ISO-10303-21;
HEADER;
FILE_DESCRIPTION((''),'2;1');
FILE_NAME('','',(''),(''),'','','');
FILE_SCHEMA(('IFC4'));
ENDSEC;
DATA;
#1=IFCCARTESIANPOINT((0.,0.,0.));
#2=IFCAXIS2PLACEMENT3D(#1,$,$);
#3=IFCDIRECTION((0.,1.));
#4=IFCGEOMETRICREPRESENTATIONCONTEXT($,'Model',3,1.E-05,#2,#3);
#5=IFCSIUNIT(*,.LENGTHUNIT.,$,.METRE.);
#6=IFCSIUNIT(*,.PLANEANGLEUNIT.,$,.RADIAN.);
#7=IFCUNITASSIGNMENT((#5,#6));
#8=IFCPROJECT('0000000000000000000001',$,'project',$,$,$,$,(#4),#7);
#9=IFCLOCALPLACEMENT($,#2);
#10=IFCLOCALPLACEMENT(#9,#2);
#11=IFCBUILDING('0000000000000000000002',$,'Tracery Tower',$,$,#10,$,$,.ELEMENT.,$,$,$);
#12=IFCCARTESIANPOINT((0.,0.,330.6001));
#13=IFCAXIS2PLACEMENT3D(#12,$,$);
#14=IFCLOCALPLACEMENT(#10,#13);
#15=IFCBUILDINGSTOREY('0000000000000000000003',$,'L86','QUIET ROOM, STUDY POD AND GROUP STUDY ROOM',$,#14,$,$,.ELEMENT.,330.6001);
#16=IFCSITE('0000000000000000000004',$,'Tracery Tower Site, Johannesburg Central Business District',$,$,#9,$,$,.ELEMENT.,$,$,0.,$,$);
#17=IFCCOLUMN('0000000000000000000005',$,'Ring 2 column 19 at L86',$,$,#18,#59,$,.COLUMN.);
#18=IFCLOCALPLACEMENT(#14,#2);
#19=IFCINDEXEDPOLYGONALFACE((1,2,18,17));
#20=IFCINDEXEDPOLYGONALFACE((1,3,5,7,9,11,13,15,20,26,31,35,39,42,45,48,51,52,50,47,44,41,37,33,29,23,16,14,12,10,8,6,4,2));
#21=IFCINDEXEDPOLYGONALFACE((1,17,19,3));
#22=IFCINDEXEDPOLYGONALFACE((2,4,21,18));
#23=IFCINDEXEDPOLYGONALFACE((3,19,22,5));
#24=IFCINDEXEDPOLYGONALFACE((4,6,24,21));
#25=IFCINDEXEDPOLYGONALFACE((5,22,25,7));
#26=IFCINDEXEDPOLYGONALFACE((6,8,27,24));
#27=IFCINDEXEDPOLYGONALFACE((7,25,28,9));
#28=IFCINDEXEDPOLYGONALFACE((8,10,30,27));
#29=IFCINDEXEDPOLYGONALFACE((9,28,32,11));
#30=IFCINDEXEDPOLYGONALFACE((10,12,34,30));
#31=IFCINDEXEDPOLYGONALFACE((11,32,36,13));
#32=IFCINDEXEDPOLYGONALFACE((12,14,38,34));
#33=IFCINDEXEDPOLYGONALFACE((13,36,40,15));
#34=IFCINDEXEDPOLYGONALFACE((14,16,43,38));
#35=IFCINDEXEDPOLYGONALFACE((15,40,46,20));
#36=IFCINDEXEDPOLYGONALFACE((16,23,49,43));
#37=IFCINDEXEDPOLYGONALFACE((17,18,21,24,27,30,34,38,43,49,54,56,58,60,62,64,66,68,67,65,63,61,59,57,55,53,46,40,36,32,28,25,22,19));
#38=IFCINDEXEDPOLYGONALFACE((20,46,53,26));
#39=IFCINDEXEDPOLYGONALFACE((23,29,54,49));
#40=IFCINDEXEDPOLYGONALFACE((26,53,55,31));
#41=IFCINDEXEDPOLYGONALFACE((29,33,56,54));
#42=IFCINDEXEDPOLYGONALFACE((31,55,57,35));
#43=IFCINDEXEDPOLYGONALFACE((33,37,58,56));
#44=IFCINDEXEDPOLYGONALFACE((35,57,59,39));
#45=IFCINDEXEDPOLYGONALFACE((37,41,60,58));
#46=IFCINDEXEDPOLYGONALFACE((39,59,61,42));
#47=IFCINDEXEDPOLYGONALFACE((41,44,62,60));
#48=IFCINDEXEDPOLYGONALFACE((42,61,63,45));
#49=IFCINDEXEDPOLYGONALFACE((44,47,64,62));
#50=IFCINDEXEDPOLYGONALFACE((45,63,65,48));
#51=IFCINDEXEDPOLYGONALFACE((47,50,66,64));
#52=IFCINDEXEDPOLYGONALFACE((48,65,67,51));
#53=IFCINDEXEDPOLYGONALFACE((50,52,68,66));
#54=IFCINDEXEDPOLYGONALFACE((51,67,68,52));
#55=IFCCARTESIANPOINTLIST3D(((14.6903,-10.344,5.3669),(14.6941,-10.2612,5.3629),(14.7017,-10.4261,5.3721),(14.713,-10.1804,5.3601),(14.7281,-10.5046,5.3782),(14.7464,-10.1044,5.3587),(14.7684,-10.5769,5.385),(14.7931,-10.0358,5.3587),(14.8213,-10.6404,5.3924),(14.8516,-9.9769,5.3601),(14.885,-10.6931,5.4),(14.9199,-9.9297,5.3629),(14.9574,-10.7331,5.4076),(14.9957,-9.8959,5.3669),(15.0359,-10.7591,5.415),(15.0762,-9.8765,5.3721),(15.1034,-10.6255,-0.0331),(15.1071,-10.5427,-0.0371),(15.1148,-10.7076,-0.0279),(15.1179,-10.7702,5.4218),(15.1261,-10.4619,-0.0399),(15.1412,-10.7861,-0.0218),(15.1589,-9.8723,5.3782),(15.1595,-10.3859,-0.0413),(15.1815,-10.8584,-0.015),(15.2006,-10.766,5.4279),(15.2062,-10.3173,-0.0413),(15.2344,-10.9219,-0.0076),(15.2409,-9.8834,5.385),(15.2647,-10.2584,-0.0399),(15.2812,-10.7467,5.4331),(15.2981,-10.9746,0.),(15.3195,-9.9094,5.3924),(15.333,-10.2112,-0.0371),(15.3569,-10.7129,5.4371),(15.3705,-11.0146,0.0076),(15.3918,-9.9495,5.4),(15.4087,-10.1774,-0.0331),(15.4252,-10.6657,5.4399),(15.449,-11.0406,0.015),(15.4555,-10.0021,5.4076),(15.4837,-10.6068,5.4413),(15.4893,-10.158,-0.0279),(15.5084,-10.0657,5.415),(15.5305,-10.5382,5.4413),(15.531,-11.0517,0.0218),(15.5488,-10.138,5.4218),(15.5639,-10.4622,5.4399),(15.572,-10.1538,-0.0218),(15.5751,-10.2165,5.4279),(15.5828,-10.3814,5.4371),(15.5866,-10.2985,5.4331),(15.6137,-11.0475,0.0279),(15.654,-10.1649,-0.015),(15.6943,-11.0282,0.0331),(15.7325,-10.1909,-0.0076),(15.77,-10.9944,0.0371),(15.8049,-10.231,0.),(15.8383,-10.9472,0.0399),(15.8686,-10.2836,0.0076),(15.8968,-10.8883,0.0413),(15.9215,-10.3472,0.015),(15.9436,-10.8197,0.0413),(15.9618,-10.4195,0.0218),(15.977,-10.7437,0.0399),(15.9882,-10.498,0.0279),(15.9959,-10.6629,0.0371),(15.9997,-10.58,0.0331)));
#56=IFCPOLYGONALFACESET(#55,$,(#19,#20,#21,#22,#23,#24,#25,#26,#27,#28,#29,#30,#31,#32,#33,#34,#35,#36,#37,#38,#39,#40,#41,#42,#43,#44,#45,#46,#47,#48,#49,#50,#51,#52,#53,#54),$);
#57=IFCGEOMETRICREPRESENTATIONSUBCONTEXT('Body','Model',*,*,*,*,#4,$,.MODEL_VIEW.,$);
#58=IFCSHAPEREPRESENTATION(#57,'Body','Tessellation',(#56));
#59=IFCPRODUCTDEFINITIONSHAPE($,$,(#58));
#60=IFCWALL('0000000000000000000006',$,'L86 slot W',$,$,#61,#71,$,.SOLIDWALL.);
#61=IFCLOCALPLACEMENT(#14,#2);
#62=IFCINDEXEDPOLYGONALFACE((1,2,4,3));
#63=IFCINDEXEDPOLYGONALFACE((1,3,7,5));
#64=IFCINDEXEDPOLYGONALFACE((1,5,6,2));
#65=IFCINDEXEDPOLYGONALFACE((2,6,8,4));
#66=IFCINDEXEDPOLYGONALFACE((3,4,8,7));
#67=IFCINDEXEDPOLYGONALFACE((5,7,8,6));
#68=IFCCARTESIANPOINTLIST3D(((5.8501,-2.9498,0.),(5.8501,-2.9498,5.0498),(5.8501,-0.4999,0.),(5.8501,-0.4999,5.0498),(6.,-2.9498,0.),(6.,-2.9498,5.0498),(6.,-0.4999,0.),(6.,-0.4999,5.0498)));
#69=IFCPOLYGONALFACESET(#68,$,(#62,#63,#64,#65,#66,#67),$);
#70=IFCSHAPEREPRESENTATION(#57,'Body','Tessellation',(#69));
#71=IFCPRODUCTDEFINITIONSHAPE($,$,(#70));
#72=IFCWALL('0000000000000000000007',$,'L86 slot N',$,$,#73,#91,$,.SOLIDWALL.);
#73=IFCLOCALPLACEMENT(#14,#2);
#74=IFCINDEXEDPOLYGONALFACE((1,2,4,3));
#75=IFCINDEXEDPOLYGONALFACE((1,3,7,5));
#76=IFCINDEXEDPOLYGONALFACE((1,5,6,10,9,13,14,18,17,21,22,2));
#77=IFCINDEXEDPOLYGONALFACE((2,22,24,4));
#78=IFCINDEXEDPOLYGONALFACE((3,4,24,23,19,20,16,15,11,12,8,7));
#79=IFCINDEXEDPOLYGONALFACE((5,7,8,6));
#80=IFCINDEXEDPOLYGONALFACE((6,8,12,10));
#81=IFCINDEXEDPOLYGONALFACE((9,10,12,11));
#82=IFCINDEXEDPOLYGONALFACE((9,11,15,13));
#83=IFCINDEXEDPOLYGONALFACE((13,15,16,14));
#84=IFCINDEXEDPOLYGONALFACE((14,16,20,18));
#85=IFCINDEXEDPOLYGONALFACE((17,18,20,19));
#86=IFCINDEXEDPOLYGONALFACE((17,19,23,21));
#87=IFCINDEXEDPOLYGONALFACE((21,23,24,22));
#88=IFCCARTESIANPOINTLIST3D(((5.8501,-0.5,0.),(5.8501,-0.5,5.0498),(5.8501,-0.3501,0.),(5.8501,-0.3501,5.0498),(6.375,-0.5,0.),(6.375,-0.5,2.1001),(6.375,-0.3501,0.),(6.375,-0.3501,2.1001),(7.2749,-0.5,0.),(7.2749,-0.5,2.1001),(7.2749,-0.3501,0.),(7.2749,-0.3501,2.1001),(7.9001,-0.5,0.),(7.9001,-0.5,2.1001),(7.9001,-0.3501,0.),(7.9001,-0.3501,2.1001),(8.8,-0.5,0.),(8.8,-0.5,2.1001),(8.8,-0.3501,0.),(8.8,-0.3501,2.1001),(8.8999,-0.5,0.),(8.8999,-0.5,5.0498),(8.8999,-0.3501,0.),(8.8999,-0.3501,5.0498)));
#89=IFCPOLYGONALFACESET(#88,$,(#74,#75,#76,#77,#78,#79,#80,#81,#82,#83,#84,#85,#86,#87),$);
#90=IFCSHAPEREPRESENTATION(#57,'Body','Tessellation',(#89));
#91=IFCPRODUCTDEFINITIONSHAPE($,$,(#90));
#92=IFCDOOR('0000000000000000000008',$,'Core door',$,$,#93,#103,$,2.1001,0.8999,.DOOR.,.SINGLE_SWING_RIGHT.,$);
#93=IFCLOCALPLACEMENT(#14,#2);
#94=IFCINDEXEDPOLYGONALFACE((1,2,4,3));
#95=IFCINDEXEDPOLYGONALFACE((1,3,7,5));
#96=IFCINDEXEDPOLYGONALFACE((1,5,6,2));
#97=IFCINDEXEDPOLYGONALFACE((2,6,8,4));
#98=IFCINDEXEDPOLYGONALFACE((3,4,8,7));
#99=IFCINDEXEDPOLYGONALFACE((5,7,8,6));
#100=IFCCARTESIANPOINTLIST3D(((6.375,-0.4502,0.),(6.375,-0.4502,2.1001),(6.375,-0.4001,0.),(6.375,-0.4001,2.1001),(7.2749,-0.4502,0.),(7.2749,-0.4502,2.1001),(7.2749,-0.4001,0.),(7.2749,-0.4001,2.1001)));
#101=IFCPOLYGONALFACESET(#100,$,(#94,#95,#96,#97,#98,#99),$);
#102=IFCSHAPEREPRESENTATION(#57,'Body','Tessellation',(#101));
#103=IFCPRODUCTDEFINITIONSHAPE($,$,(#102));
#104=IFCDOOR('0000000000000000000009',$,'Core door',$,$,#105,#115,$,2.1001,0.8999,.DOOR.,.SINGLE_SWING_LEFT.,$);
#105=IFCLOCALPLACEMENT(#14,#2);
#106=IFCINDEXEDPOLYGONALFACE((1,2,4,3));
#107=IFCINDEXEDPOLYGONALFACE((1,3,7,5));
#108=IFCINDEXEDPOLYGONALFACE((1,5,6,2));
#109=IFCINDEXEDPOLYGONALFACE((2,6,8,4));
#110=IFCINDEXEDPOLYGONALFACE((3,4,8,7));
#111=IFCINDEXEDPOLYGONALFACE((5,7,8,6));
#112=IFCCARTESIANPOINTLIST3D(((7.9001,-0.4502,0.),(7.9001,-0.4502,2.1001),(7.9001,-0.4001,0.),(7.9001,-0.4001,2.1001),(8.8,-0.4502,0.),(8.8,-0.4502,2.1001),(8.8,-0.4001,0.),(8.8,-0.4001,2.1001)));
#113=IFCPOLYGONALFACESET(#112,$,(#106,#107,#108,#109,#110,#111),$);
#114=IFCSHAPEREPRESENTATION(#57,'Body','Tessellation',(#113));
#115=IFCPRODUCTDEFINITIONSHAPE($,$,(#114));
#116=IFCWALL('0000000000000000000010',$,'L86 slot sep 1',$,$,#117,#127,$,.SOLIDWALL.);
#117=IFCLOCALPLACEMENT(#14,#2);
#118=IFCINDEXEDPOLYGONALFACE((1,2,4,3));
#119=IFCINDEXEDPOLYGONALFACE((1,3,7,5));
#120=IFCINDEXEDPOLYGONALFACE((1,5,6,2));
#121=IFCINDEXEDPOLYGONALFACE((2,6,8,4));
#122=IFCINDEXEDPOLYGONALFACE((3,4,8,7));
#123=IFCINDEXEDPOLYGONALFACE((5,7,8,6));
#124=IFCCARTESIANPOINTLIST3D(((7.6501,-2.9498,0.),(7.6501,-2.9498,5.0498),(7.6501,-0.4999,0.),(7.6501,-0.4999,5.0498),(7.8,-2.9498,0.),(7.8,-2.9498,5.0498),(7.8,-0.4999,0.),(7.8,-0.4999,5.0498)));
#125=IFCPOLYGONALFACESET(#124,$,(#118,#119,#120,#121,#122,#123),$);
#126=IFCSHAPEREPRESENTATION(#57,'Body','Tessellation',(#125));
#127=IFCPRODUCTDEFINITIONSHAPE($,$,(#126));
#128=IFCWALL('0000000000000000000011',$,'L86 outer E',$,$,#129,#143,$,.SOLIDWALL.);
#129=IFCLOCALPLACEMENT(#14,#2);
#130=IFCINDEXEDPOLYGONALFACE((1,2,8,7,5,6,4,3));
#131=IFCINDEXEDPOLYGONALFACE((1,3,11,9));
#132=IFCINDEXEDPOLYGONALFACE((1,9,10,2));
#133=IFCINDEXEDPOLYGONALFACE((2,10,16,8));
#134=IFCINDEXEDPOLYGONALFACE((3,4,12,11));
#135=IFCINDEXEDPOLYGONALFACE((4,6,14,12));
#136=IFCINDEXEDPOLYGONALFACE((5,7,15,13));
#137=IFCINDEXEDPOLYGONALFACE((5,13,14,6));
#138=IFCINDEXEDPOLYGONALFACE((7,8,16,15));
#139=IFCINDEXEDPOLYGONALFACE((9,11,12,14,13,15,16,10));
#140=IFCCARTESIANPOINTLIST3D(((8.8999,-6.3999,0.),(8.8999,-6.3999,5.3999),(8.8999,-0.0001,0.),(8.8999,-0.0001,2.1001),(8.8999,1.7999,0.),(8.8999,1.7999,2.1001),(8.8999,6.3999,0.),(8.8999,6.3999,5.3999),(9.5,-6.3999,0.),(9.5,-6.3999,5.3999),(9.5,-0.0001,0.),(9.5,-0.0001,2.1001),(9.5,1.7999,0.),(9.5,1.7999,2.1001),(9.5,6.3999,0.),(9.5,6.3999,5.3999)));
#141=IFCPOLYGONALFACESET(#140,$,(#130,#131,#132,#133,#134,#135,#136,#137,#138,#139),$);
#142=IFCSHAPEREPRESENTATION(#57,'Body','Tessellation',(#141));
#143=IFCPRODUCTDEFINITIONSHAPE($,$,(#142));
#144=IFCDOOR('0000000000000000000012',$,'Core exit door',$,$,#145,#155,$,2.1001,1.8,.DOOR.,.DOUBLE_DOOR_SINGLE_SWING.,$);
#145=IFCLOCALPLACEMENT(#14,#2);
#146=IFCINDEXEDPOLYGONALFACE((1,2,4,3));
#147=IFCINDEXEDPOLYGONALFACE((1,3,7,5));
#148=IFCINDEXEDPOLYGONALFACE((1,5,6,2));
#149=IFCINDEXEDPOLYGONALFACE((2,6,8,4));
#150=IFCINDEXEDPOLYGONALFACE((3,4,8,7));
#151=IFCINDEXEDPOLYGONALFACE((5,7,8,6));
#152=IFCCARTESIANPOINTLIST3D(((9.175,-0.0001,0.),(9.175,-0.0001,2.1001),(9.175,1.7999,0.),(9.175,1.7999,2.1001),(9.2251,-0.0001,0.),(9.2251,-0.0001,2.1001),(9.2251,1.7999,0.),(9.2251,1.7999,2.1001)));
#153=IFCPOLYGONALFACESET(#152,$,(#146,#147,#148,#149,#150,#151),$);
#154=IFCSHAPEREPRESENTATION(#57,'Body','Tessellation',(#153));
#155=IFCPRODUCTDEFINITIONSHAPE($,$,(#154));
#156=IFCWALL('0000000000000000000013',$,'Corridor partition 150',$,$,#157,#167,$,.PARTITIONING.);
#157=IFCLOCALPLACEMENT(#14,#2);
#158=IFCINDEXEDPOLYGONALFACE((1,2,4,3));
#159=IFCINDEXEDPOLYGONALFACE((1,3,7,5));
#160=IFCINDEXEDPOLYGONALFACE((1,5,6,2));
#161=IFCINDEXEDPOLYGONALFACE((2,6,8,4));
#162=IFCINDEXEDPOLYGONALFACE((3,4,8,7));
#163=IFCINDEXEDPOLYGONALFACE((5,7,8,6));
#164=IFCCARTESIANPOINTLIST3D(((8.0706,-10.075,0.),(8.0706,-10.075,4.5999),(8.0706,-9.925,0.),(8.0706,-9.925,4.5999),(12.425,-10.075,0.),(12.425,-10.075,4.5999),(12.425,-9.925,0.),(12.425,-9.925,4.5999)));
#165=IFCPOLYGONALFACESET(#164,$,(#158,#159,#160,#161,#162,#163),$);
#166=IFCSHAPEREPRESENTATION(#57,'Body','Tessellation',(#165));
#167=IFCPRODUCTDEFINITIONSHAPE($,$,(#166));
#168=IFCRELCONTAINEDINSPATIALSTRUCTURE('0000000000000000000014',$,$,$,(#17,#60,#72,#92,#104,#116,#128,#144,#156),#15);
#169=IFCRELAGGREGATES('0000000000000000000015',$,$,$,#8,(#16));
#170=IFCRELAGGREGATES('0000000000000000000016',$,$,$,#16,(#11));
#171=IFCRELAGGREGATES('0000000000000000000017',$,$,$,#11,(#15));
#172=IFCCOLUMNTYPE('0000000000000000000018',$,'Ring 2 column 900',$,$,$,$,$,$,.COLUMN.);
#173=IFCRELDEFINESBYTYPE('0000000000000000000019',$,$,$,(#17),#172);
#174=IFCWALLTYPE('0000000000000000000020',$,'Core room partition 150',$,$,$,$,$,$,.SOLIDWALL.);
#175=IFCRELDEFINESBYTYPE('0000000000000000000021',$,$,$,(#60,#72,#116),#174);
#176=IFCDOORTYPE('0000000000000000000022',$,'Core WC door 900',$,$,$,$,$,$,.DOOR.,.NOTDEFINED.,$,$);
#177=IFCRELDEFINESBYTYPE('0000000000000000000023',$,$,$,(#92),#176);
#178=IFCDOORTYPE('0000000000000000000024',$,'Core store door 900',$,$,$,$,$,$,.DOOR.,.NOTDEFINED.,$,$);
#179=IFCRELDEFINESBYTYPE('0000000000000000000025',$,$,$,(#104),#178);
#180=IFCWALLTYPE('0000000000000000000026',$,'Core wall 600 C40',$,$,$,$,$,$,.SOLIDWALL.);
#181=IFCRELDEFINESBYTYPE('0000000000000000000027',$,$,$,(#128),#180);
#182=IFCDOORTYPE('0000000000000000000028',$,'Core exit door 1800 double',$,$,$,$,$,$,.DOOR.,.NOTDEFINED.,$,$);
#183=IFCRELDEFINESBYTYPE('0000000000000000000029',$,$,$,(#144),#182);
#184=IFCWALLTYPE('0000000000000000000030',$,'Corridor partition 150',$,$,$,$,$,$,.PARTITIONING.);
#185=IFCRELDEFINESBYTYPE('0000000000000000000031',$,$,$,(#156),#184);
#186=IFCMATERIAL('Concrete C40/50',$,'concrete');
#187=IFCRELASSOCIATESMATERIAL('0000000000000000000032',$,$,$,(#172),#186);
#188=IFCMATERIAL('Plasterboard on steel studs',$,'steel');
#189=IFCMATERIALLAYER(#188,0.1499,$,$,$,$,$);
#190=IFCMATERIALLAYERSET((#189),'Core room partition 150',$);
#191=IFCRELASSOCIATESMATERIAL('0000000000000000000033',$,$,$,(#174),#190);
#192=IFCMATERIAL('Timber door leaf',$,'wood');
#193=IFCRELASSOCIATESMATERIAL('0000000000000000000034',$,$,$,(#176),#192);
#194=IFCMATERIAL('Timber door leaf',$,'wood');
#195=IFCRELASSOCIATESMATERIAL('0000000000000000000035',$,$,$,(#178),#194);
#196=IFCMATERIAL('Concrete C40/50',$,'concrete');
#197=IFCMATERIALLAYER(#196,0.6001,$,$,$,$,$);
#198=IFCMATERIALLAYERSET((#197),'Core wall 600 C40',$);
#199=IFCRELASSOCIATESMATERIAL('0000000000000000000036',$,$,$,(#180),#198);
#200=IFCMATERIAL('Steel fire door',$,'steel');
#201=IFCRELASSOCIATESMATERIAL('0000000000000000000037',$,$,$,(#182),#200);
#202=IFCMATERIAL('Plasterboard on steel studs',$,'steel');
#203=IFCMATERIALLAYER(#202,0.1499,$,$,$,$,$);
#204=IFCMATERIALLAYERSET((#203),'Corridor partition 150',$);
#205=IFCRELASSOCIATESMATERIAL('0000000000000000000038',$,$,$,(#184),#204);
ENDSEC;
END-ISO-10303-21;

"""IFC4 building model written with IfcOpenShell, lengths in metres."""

from ifc_helpers import new_model, si_unit, direction, frame, frame_2d, origin, origin_2d, place, context, subcontext, project, spatial, rectangle, circle, extrude, material, layer, layer_set, material_profile, profile_set, type_object, element, fill, save


model = new_model("IFC4")

# Units and contexts
model_context = context("Model", 3, precision=1e-05, world=origin(), true_north=direction((0.0, 1.0)))
body_context = subcontext(model_context, "Body", "Model", "MODEL_VIEW")
ifc_project = project(units=[si_unit("LENGTHUNIT", "METRE"), si_unit("PLANEANGLEUNIT", "RADIAN")], contexts=[model_context])

# Site, building, storey
site_placement = place(None, origin())
site = spatial("IfcSite", under=ifc_project, at=site_placement, Name="Tracery Tower Site, Johannesburg Central Business District", CompositionType="ELEMENT", RefElevation=0.0)
building_placement = place(site_placement, origin())
building = spatial("IfcBuilding", under=site, at=building_placement, Name="Tracery Tower", CompositionType="ELEMENT")
storey_placement = place(building_placement, frame((0.0, 0.0, 330.6001)))
storey = spatial("IfcBuildingStorey", under=building, at=storey_placement, Name="L86", Description="QUIET ROOM, STUDY POD AND GROUP STUDY ROOM", CompositionType="ELEMENT", Elevation=330.6001)

# Column
ifc_material_1 = material(Name="Concrete C40/50", Category="concrete")
ifc_material_profile = material_profile(ifc_material_1, circle(Radius=0.45, at=origin_2d()), Name="RC D900")
ifc_profile_set = profile_set([ifc_material_profile], Name="Concrete C40/50")
column_type = type_object("IfcColumnType", Name="Ring 2 column 900", PredefinedType="COLUMN", material=ifc_profile_set)
column_placement = place(storey_placement, frame((15.5515, -10.6028, 0.0), z_axis=(-0.076173, 0.051908, 0.995743), x_axis=(-0.563125, -0.826372, 0.0)))
element("IfcColumn", 1, at=column_placement, inside=storey, type_object=column_type, Name="Ring 2 column 19 at L86", PredefinedType="COLUMN", context=body_context, shape_type="SweptSolid", body=[
    extrude(circle(Radius=0.45, at=origin_2d()), origin(), (0.0, 0.0, 1.0), 5.4231),
])

# Wall
ifc_material_2 = material(Name="Plasterboard on steel studs", Category="steel")
ifc_layer_1 = layer(ifc_material_2, 0.1499)
ifc_layer_set_1 = layer_set([ifc_layer_1], Name="Core room partition 150")
wall_type_1 = type_object("IfcWallType", Name="Core room partition 150", PredefinedType="SOLIDWALL", material=ifc_layer_set_1)
wall_1_placement = place(storey_placement, frame((5.925, -2.95, 0.0), z_axis=(0.0, 0.0, 1.0), x_axis=(0.0, 1.0, 0.0)))
element("IfcWall", 2, at=wall_1_placement, inside=storey, type_object=wall_type_1, Name="L86 slot W", PredefinedType="SOLIDWALL", context=body_context, shape_type="SweptSolid", body=[
    extrude(rectangle(XDim=2.45, YDim=0.1499, at=frame_2d((1.2251, 0.0))), origin(), (0.0, 0.0, 1.0), 5.0498),
])

# Wall, openings, doors
wall_2_placement = place(storey_placement, frame((5.8501, -0.425, 0.0), z_axis=(0.0, 0.0, 1.0), x_axis=(1.0, 0.0, 0.0)))
wall_2 = element("IfcWall", 3, at=wall_2_placement, inside=storey, type_object=wall_type_1, Name="L86 slot N", PredefinedType="SOLIDWALL", context=body_context, shape_type="SweptSolid", body=[
    extrude(rectangle(XDim=3.0498, YDim=0.1499, at=frame_2d((1.5249, 0.0))), origin(), (0.0, 0.0, 1.0), 5.0498),
])
opening_1_placement = place(wall_2_placement, frame((0.5249, 0.0, 0.0)))
opening_1 = element("IfcOpeningElement", 4, at=opening_1_placement, cuts=wall_2, PredefinedType="OPENING", context=body_context, shape_type="SweptSolid", body=[
    extrude(rectangle(XDim=0.8999, YDim=2.1001, at=frame_2d((0.45, 1.05))), frame((0.0, 0.075, 0.0), z_axis=(0.0, -1.0, 0.0), x_axis=(1.0, 0.0, 0.0)), (0.0, 0.0, 1.0), 0.1499),
])
opening_2_placement = place(wall_2_placement, frame((2.05, 0.0, 0.0)))
opening_2 = element("IfcOpeningElement", 5, at=opening_2_placement, cuts=wall_2, PredefinedType="OPENING", context=body_context, shape_type="SweptSolid", body=[
    extrude(rectangle(XDim=0.8999, YDim=2.1001, at=frame_2d((0.45, 1.05))), frame((0.0, 0.075, 0.0), z_axis=(0.0, -1.0, 0.0), x_axis=(1.0, 0.0, 0.0)), (0.0, 0.0, 1.0), 0.1499),
])
ifc_material_3 = material(Name="Timber door leaf", Category="wood")
door_type_1 = type_object("IfcDoorType", Name="Core WC door 900", OperationType="NOTDEFINED", PredefinedType="DOOR", material=ifc_material_3)
door_1_placement = place(opening_1_placement, origin())
door_1 = element("IfcDoor", 6, at=door_1_placement, inside=storey, type_object=door_type_1, Name="Core door", OperationType="SINGLE_SWING_RIGHT", OverallHeight=2.1001, OverallWidth=0.8999, PredefinedType="DOOR", context=body_context, shape_type="SweptSolid", body=[
    extrude(rectangle(XDim=0.8999, YDim=2.1001, at=frame_2d((0.45, 1.05))), frame((0.0, 0.0249, 0.0), z_axis=(0.0, -1.0, 0.0), x_axis=(1.0, 0.0, 0.0)), (0.0, 0.0, 1.0), 0.05),
])
fill(opening_1, door_1)
ifc_material_4 = material(Name="Timber door leaf", Category="wood")
door_type_2 = type_object("IfcDoorType", Name="Core store door 900", OperationType="NOTDEFINED", PredefinedType="DOOR", material=ifc_material_4)
door_2_placement = place(opening_2_placement, origin())
door_2 = element("IfcDoor", 7, at=door_2_placement, inside=storey, type_object=door_type_2, Name="Core door", OperationType="SINGLE_SWING_LEFT", OverallHeight=2.1001, OverallWidth=0.8999, PredefinedType="DOOR", context=body_context, shape_type="SweptSolid", body=[
    extrude(rectangle(XDim=0.8999, YDim=2.1001, at=frame_2d((0.45, 1.05))), frame((0.0, 0.0249, 0.0), z_axis=(0.0, -1.0, 0.0), x_axis=(1.0, 0.0, 0.0)), (0.0, 0.0, 1.0), 0.05),
])
fill(opening_2, door_2)

# Wall
wall_3_placement = place(storey_placement, frame((7.7251, -2.95, 0.0), z_axis=(0.0, 0.0, 1.0), x_axis=(0.0, 1.0, 0.0)))
element("IfcWall", 8, at=wall_3_placement, inside=storey, type_object=wall_type_1, Name="L86 slot sep 1", PredefinedType="SOLIDWALL", context=body_context, shape_type="SweptSolid", body=[
    extrude(rectangle(XDim=2.45, YDim=0.1499, at=frame_2d((1.2251, 0.0))), origin(), (0.0, 0.0, 1.0), 5.0498),
])

# Wall, opening, door
ifc_material_5 = material(Name="Concrete C40/50", Category="concrete")
ifc_layer_2 = layer(ifc_material_5, 0.6001)
ifc_layer_set_2 = layer_set([ifc_layer_2], Name="Core wall 600 C40")
wall_type_2 = type_object("IfcWallType", Name="Core wall 600 C40", PredefinedType="SOLIDWALL", material=ifc_layer_set_2)
wall_4_placement = place(storey_placement, frame((9.2, -6.3999, 0.0), z_axis=(0.0, 0.0, 1.0), x_axis=(0.0, 1.0, 0.0)))
wall_4 = element("IfcWall", 9, at=wall_4_placement, inside=storey, type_object=wall_type_2, Name="L86 outer E", PredefinedType="SOLIDWALL", context=body_context, shape_type="SweptSolid", body=[
    extrude(rectangle(XDim=12.7998, YDim=0.6001, at=frame_2d((6.3999, 0.0))), origin(), (0.0, 0.0, 1.0), 5.3999),
])
opening_3_placement = place(wall_4_placement, frame((6.3999, 0.0, 0.0)))
opening_3 = element("IfcOpeningElement", 10, at=opening_3_placement, cuts=wall_4, PredefinedType="OPENING", context=body_context, shape_type="SweptSolid", body=[
    extrude(rectangle(XDim=1.8, YDim=2.1001, at=frame_2d((0.8999, 1.05))), frame((0.0, 0.3, 0.0), z_axis=(0.0, -1.0, 0.0), x_axis=(1.0, 0.0, 0.0)), (0.0, 0.0, 1.0), 0.6001),
])
ifc_material_6 = material(Name="Steel fire door", Category="steel")
door_type_3 = type_object("IfcDoorType", Name="Core exit door 1800 double", OperationType="NOTDEFINED", PredefinedType="DOOR", material=ifc_material_6)
door_3_placement = place(opening_3_placement, origin())
door_3 = element("IfcDoor", 11, at=door_3_placement, inside=storey, type_object=door_type_3, Name="Core exit door", OperationType="DOUBLE_DOOR_SINGLE_SWING", OverallHeight=2.1001, OverallWidth=1.8, PredefinedType="DOOR", context=body_context, shape_type="SweptSolid", body=[
    extrude(rectangle(XDim=1.8, YDim=2.1001, at=frame_2d((0.8999, 1.05))), frame((0.0, 0.0249, 0.0), z_axis=(0.0, -1.0, 0.0), x_axis=(1.0, 0.0, 0.0)), (0.0, 0.0, 1.0), 0.05),
])
fill(opening_3, door_3)

# Wall
ifc_material_7 = material(Name="Plasterboard on steel studs", Category="steel")
ifc_layer_3 = layer(ifc_material_7, 0.1499)
ifc_layer_set_3 = layer_set([ifc_layer_3], Name="Corridor partition 150")
wall_type_3 = type_object("IfcWallType", Name="Corridor partition 150", PredefinedType="PARTITIONING", material=ifc_layer_set_3)
wall_5_placement = place(storey_placement, frame((8.0706, -10.0, 0.0), z_axis=(0.0, 0.0, 1.0), x_axis=(1.0, 0.0, 0.0)))
element("IfcWall", 12, at=wall_5_placement, inside=storey, type_object=wall_type_3, Name="Corridor partition 150", PredefinedType="PARTITIONING", context=body_context, shape_type="SweptSolid", body=[
    extrude(rectangle(XDim=4.3545, YDim=0.1499, at=frame_2d((2.1772, 0.0))), origin(), (0.0, 0.0, 1.0), 4.5999),
])

save(model, "model.ifc")
